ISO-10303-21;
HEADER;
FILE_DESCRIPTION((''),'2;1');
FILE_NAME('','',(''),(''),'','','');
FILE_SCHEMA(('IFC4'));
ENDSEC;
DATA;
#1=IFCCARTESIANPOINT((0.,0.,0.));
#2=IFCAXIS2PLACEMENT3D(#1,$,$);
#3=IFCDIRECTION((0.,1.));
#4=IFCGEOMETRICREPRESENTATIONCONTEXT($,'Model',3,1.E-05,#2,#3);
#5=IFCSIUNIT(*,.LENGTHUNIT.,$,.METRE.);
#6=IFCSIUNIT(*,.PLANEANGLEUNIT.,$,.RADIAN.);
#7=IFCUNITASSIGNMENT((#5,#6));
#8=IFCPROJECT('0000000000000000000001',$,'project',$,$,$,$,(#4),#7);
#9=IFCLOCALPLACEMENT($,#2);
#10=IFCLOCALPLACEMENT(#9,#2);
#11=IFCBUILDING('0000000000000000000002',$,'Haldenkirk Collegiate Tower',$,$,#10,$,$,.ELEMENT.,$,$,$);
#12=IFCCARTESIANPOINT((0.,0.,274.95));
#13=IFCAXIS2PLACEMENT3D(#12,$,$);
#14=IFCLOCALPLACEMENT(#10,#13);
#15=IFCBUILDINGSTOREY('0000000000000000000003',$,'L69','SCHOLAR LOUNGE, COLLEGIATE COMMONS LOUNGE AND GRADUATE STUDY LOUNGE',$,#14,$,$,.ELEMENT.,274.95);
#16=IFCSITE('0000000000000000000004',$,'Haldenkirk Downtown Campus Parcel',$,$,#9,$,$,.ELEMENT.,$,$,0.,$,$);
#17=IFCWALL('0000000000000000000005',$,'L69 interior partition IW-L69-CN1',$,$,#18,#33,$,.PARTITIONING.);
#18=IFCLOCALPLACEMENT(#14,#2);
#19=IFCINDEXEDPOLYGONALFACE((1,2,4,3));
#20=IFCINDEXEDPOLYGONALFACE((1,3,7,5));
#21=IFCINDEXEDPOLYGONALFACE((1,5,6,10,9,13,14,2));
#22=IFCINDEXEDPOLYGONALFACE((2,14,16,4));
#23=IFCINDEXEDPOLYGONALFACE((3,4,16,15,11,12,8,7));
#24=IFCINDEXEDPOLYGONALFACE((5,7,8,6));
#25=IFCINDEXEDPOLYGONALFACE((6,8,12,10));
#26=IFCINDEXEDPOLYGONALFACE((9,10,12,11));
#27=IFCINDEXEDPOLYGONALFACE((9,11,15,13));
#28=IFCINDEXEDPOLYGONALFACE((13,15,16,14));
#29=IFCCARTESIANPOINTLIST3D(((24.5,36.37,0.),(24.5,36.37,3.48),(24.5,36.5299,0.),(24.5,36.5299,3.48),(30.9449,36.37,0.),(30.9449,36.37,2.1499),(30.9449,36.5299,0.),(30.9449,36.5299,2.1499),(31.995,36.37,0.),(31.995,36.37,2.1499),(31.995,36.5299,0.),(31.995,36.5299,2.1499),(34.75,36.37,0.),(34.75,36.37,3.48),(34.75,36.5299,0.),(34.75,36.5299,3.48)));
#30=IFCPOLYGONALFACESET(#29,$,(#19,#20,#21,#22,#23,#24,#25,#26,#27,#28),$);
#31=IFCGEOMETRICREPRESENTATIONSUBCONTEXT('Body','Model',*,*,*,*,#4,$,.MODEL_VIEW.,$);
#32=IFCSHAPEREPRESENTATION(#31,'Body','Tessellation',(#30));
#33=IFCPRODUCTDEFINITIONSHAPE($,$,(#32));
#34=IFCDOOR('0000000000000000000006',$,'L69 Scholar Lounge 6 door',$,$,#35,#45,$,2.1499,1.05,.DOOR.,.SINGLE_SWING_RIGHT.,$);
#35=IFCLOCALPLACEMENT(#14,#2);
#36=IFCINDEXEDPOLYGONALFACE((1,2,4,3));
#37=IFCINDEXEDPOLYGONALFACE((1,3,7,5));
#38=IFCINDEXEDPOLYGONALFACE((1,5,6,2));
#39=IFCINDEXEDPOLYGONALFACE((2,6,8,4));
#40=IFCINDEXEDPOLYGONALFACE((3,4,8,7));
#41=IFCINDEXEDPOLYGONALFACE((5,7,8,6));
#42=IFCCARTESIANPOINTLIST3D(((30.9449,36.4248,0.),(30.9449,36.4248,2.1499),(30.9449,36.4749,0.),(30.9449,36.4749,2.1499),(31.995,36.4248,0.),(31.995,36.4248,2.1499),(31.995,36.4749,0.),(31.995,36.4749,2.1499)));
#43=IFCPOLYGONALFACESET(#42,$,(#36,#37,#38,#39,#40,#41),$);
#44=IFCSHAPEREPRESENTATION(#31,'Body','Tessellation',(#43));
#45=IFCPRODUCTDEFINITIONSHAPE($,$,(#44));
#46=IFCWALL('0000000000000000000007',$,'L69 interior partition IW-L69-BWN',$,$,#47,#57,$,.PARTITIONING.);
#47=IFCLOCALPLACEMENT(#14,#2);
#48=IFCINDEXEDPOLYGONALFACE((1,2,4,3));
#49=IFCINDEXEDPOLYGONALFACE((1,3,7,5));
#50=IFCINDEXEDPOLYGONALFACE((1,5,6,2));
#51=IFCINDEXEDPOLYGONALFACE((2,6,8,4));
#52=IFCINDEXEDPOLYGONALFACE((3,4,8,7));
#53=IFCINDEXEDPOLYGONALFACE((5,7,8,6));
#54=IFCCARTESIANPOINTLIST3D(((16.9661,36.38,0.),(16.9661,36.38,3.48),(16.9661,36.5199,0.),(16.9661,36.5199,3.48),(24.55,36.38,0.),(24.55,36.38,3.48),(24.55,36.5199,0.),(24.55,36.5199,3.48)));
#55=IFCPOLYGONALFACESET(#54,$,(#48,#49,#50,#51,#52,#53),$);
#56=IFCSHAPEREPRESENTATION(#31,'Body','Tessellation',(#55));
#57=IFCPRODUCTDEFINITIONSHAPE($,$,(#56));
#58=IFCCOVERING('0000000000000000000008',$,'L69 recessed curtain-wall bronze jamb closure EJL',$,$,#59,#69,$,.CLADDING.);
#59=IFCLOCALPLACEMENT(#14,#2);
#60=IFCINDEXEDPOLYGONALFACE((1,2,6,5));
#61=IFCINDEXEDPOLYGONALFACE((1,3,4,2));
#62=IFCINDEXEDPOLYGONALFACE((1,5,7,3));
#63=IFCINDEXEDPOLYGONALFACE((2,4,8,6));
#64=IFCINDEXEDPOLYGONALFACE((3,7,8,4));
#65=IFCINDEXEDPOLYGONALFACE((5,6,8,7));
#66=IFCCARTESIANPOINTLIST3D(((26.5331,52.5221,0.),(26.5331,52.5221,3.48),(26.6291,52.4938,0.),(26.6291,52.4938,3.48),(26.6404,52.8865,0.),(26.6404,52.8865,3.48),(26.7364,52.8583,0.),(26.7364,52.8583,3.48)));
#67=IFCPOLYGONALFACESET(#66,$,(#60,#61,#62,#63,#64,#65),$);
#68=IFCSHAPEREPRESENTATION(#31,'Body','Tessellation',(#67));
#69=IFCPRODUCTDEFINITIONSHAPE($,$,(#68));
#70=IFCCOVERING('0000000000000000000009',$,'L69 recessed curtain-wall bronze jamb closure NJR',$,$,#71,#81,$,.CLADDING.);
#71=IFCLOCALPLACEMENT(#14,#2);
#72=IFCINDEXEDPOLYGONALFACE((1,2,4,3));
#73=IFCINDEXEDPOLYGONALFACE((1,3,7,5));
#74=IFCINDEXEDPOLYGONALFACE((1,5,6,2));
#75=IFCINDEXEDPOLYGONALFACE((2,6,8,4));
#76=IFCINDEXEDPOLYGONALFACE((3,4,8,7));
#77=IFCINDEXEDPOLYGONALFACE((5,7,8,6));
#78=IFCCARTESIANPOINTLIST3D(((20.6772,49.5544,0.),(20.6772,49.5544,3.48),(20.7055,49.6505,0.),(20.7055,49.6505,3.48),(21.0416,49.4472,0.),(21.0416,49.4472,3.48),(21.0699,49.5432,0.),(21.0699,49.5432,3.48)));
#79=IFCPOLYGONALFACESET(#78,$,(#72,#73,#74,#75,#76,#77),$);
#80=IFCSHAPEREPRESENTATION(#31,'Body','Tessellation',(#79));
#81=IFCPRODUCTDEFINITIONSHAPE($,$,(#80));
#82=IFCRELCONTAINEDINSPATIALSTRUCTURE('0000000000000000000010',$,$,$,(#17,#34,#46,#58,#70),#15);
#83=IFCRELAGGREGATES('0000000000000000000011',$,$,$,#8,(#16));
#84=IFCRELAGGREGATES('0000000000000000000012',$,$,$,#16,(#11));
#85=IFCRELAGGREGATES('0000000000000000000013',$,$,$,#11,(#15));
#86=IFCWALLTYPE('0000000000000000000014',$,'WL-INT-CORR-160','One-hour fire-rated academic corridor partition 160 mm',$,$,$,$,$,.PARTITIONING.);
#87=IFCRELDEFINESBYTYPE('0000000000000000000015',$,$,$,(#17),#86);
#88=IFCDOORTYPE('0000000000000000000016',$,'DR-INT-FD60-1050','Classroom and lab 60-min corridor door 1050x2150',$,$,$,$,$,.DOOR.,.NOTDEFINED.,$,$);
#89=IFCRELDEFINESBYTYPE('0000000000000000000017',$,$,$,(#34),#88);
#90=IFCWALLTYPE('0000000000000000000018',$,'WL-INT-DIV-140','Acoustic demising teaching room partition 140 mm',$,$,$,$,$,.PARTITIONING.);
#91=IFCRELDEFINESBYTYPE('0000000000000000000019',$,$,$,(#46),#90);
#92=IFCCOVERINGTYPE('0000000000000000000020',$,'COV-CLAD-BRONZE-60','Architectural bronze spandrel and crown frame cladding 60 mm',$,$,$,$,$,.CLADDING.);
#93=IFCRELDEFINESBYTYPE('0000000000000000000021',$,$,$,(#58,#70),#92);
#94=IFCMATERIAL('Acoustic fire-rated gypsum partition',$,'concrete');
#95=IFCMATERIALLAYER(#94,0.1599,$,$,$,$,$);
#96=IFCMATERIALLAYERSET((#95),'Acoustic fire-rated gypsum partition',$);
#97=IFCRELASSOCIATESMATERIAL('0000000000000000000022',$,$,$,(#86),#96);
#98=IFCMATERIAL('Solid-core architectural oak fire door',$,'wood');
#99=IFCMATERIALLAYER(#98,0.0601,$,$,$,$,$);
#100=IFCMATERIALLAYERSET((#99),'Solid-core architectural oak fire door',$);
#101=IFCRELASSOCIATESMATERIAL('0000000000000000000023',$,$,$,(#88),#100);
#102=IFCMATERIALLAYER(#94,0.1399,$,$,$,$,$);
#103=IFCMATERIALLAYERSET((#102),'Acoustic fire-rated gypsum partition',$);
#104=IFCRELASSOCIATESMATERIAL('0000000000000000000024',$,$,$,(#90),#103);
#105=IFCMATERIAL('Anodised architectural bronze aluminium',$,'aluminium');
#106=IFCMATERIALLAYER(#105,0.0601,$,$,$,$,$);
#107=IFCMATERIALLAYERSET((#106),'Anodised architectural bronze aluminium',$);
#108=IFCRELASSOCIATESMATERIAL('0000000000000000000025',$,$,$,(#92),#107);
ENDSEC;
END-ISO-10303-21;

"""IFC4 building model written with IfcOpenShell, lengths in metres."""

from ifc_helpers import new_model, si_unit, direction, frame, frame_2d, origin, origin_2d, place, context, subcontext, project, spatial, rectangle, extrude, source, transform, mapped, material, layer, layer_set, type_object, element, fill, save


model = new_model("IFC4")

# Units and contexts
model_context = context("Model", 3, precision=1e-05, world=origin(), true_north=direction((0.0, 1.0)))
body_context = subcontext(model_context, "Body", "Model", "MODEL_VIEW")
ifc_project = project(units=[si_unit("LENGTHUNIT", "METRE"), si_unit("PLANEANGLEUNIT", "RADIAN")], contexts=[model_context])

# Site, building, storey
site_placement = place(None, origin())
site = spatial("IfcSite", under=ifc_project, at=site_placement, Name="Haldenkirk Downtown Campus Parcel", CompositionType="ELEMENT", RefElevation=0.0)
building_placement = place(site_placement, origin())
building = spatial("IfcBuilding", under=site, at=building_placement, Name="Haldenkirk Collegiate Tower", CompositionType="ELEMENT")
storey_placement = place(building_placement, frame((0.0, 0.0, 274.95)))
storey = spatial("IfcBuildingStorey", under=building, at=storey_placement, Name="L69", Description="SCHOLAR LOUNGE, COLLEGIATE COMMONS LOUNGE AND GRADUATE STUDY LOUNGE", CompositionType="ELEMENT", Elevation=274.95)

# Shared definitions
ifc_material_1 = material(Name="Anodised architectural bronze aluminium", Category="aluminium")

# Wall, opening, door
ifc_material_2 = material(Name="Acoustic fire-rated gypsum partition", Category="concrete")
ifc_layer_1 = layer(ifc_material_2, 0.1599)
ifc_layer_set_1 = layer_set([ifc_layer_1], Name="Acoustic fire-rated gypsum partition")
wall_type_1 = type_object("IfcWallType", Name="WL-INT-CORR-160", Description="One-hour fire-rated academic corridor partition 160 mm", PredefinedType="PARTITIONING", material=ifc_layer_set_1)
wall_1_placement = place(storey_placement, frame((24.5, 36.45, 0.0), z_axis=(0.0, 0.0, 1.0), x_axis=(1.0, 0.0, 0.0)))
wall_1 = element("IfcWall", 1, at=wall_1_placement, inside=storey, type_object=wall_type_1, Name="L69 interior partition IW-L69-CN1", PredefinedType="PARTITIONING", context=body_context, shape_type="SweptSolid", body=[
    extrude(rectangle(XDim=10.25, YDim=0.1599, at=frame_2d((5.125, 0.0))), origin(), (0.0, 0.0, 1.0), 3.48),
])
opening_1_placement = place(wall_1_placement, frame((6.4451, 0.0, 0.0)))
opening_1 = element("IfcOpeningElement", 2, at=opening_1_placement, cuts=wall_1, PredefinedType="OPENING", context=body_context, shape_type="SweptSolid", body=[
    extrude(rectangle(XDim=1.05, YDim=2.1499, at=frame_2d((0.5249, 1.075))), frame((0.0, 0.0898, 0.0), z_axis=(0.0, -1.0, 0.0), x_axis=(1.0, 0.0, 0.0)), (0.0, 0.0, 1.0), 0.1799),
])
ifc_material_3 = material(Name="Solid-core architectural oak fire door", Category="wood")
ifc_layer_2 = layer(ifc_material_3, 0.0601)
ifc_layer_set_2 = layer_set([ifc_layer_2], Name="Solid-core architectural oak fire door")
door_type = type_object("IfcDoorType", Name="DR-INT-FD60-1050", Description="Classroom and lab 60-min corridor door 1050x2150", OperationType="NOTDEFINED", PredefinedType="DOOR", material=ifc_layer_set_2)
door_placement = place(opening_1_placement, origin())
door = element("IfcDoor", 3, at=door_placement, inside=storey, type_object=door_type, Name="L69 Scholar Lounge 6 door", OperationType="SINGLE_SWING_RIGHT", OverallHeight=2.1499, OverallWidth=1.05, PredefinedType="DOOR", context=body_context, shape_type="SweptSolid", body=[
    extrude(rectangle(XDim=1.05, YDim=2.1499, at=frame_2d((0.5249, 1.075))), frame((0.0, 0.0249, 0.0), z_axis=(0.0, -1.0, 0.0), x_axis=(1.0, 0.0, 0.0)), (0.0, 0.0, 1.0), 0.05),
])
fill(opening_1, door)

# Wall
ifc_layer_3 = layer(ifc_material_2, 0.1399)
ifc_layer_set_3 = layer_set([ifc_layer_3], Name="Acoustic fire-rated gypsum partition")
wall_type_2 = type_object("IfcWallType", Name="WL-INT-DIV-140", Description="Acoustic demising teaching room partition 140 mm", PredefinedType="PARTITIONING", material=ifc_layer_set_3)
wall_2_placement = place(storey_placement, frame((16.9661, 36.45, 0.0), z_axis=(0.0, 0.0, 1.0), x_axis=(1.0, 0.0, 0.0)))
element("IfcWall", 4, at=wall_2_placement, inside=storey, type_object=wall_type_2, Name="L69 interior partition IW-L69-BWN", PredefinedType="PARTITIONING", context=body_context, shape_type="SweptSolid", body=[
    extrude(rectangle(XDim=7.584, YDim=0.1399, at=frame_2d((3.792, 0.0))), origin(), (0.0, 0.0, 1.0), 3.48),
])

# Coverings
ifc_layer_4 = layer(ifc_material_1, 0.0601)
ifc_layer_set_4 = layer_set([ifc_layer_4], Name="Anodised architectural bronze aluminium")
covering_type = type_object("IfcCoveringType", Name="COV-CLAD-BRONZE-60", Description="Architectural bronze spandrel and crown frame cladding 60 mm", PredefinedType="CLADDING", material=ifc_layer_set_4)
shared_shape_1 = source(origin(), body_context, "Body", "SweptSolid", [
    extrude(rectangle(XDim=0.1001, YDim=0.3799, at=origin_2d()), origin(), (0.0, 0.0, 1.0), 3.48),
])
for number, where, z_axis, x_axis, name in (
    (5, (26.6348, 52.6902, 0.0), (0.0, 0.0, 1.0), (0.959314, -0.282341, 0.0), "L69 recessed curtain-wall bronze jamb closure EJL"),
    (6, (20.8735, 49.5488, 0.0), (0.0, 0.0, 1.0), (0.282341, 0.959314, 0.0), "L69 recessed curtain-wall bronze jamb closure NJR"),
):
    element("IfcCovering", number, at=place(storey_placement, frame(where, z_axis=z_axis, x_axis=x_axis)), inside=storey, type_object=covering_type, Name=name, PredefinedType="CLADDING", context=body_context, shape_type="MappedRepresentation", body=[
        mapped(shared_shape_1, transform((0.0, 0.0, 0.0), x_axis=(1.0, 0.0, 0.0), y_axis=(0.0, 1.0, 0.0), z_axis=(0.0, 0.0, 1.0), scale=1.0)),
    ])

save(model, "model.ifc")
